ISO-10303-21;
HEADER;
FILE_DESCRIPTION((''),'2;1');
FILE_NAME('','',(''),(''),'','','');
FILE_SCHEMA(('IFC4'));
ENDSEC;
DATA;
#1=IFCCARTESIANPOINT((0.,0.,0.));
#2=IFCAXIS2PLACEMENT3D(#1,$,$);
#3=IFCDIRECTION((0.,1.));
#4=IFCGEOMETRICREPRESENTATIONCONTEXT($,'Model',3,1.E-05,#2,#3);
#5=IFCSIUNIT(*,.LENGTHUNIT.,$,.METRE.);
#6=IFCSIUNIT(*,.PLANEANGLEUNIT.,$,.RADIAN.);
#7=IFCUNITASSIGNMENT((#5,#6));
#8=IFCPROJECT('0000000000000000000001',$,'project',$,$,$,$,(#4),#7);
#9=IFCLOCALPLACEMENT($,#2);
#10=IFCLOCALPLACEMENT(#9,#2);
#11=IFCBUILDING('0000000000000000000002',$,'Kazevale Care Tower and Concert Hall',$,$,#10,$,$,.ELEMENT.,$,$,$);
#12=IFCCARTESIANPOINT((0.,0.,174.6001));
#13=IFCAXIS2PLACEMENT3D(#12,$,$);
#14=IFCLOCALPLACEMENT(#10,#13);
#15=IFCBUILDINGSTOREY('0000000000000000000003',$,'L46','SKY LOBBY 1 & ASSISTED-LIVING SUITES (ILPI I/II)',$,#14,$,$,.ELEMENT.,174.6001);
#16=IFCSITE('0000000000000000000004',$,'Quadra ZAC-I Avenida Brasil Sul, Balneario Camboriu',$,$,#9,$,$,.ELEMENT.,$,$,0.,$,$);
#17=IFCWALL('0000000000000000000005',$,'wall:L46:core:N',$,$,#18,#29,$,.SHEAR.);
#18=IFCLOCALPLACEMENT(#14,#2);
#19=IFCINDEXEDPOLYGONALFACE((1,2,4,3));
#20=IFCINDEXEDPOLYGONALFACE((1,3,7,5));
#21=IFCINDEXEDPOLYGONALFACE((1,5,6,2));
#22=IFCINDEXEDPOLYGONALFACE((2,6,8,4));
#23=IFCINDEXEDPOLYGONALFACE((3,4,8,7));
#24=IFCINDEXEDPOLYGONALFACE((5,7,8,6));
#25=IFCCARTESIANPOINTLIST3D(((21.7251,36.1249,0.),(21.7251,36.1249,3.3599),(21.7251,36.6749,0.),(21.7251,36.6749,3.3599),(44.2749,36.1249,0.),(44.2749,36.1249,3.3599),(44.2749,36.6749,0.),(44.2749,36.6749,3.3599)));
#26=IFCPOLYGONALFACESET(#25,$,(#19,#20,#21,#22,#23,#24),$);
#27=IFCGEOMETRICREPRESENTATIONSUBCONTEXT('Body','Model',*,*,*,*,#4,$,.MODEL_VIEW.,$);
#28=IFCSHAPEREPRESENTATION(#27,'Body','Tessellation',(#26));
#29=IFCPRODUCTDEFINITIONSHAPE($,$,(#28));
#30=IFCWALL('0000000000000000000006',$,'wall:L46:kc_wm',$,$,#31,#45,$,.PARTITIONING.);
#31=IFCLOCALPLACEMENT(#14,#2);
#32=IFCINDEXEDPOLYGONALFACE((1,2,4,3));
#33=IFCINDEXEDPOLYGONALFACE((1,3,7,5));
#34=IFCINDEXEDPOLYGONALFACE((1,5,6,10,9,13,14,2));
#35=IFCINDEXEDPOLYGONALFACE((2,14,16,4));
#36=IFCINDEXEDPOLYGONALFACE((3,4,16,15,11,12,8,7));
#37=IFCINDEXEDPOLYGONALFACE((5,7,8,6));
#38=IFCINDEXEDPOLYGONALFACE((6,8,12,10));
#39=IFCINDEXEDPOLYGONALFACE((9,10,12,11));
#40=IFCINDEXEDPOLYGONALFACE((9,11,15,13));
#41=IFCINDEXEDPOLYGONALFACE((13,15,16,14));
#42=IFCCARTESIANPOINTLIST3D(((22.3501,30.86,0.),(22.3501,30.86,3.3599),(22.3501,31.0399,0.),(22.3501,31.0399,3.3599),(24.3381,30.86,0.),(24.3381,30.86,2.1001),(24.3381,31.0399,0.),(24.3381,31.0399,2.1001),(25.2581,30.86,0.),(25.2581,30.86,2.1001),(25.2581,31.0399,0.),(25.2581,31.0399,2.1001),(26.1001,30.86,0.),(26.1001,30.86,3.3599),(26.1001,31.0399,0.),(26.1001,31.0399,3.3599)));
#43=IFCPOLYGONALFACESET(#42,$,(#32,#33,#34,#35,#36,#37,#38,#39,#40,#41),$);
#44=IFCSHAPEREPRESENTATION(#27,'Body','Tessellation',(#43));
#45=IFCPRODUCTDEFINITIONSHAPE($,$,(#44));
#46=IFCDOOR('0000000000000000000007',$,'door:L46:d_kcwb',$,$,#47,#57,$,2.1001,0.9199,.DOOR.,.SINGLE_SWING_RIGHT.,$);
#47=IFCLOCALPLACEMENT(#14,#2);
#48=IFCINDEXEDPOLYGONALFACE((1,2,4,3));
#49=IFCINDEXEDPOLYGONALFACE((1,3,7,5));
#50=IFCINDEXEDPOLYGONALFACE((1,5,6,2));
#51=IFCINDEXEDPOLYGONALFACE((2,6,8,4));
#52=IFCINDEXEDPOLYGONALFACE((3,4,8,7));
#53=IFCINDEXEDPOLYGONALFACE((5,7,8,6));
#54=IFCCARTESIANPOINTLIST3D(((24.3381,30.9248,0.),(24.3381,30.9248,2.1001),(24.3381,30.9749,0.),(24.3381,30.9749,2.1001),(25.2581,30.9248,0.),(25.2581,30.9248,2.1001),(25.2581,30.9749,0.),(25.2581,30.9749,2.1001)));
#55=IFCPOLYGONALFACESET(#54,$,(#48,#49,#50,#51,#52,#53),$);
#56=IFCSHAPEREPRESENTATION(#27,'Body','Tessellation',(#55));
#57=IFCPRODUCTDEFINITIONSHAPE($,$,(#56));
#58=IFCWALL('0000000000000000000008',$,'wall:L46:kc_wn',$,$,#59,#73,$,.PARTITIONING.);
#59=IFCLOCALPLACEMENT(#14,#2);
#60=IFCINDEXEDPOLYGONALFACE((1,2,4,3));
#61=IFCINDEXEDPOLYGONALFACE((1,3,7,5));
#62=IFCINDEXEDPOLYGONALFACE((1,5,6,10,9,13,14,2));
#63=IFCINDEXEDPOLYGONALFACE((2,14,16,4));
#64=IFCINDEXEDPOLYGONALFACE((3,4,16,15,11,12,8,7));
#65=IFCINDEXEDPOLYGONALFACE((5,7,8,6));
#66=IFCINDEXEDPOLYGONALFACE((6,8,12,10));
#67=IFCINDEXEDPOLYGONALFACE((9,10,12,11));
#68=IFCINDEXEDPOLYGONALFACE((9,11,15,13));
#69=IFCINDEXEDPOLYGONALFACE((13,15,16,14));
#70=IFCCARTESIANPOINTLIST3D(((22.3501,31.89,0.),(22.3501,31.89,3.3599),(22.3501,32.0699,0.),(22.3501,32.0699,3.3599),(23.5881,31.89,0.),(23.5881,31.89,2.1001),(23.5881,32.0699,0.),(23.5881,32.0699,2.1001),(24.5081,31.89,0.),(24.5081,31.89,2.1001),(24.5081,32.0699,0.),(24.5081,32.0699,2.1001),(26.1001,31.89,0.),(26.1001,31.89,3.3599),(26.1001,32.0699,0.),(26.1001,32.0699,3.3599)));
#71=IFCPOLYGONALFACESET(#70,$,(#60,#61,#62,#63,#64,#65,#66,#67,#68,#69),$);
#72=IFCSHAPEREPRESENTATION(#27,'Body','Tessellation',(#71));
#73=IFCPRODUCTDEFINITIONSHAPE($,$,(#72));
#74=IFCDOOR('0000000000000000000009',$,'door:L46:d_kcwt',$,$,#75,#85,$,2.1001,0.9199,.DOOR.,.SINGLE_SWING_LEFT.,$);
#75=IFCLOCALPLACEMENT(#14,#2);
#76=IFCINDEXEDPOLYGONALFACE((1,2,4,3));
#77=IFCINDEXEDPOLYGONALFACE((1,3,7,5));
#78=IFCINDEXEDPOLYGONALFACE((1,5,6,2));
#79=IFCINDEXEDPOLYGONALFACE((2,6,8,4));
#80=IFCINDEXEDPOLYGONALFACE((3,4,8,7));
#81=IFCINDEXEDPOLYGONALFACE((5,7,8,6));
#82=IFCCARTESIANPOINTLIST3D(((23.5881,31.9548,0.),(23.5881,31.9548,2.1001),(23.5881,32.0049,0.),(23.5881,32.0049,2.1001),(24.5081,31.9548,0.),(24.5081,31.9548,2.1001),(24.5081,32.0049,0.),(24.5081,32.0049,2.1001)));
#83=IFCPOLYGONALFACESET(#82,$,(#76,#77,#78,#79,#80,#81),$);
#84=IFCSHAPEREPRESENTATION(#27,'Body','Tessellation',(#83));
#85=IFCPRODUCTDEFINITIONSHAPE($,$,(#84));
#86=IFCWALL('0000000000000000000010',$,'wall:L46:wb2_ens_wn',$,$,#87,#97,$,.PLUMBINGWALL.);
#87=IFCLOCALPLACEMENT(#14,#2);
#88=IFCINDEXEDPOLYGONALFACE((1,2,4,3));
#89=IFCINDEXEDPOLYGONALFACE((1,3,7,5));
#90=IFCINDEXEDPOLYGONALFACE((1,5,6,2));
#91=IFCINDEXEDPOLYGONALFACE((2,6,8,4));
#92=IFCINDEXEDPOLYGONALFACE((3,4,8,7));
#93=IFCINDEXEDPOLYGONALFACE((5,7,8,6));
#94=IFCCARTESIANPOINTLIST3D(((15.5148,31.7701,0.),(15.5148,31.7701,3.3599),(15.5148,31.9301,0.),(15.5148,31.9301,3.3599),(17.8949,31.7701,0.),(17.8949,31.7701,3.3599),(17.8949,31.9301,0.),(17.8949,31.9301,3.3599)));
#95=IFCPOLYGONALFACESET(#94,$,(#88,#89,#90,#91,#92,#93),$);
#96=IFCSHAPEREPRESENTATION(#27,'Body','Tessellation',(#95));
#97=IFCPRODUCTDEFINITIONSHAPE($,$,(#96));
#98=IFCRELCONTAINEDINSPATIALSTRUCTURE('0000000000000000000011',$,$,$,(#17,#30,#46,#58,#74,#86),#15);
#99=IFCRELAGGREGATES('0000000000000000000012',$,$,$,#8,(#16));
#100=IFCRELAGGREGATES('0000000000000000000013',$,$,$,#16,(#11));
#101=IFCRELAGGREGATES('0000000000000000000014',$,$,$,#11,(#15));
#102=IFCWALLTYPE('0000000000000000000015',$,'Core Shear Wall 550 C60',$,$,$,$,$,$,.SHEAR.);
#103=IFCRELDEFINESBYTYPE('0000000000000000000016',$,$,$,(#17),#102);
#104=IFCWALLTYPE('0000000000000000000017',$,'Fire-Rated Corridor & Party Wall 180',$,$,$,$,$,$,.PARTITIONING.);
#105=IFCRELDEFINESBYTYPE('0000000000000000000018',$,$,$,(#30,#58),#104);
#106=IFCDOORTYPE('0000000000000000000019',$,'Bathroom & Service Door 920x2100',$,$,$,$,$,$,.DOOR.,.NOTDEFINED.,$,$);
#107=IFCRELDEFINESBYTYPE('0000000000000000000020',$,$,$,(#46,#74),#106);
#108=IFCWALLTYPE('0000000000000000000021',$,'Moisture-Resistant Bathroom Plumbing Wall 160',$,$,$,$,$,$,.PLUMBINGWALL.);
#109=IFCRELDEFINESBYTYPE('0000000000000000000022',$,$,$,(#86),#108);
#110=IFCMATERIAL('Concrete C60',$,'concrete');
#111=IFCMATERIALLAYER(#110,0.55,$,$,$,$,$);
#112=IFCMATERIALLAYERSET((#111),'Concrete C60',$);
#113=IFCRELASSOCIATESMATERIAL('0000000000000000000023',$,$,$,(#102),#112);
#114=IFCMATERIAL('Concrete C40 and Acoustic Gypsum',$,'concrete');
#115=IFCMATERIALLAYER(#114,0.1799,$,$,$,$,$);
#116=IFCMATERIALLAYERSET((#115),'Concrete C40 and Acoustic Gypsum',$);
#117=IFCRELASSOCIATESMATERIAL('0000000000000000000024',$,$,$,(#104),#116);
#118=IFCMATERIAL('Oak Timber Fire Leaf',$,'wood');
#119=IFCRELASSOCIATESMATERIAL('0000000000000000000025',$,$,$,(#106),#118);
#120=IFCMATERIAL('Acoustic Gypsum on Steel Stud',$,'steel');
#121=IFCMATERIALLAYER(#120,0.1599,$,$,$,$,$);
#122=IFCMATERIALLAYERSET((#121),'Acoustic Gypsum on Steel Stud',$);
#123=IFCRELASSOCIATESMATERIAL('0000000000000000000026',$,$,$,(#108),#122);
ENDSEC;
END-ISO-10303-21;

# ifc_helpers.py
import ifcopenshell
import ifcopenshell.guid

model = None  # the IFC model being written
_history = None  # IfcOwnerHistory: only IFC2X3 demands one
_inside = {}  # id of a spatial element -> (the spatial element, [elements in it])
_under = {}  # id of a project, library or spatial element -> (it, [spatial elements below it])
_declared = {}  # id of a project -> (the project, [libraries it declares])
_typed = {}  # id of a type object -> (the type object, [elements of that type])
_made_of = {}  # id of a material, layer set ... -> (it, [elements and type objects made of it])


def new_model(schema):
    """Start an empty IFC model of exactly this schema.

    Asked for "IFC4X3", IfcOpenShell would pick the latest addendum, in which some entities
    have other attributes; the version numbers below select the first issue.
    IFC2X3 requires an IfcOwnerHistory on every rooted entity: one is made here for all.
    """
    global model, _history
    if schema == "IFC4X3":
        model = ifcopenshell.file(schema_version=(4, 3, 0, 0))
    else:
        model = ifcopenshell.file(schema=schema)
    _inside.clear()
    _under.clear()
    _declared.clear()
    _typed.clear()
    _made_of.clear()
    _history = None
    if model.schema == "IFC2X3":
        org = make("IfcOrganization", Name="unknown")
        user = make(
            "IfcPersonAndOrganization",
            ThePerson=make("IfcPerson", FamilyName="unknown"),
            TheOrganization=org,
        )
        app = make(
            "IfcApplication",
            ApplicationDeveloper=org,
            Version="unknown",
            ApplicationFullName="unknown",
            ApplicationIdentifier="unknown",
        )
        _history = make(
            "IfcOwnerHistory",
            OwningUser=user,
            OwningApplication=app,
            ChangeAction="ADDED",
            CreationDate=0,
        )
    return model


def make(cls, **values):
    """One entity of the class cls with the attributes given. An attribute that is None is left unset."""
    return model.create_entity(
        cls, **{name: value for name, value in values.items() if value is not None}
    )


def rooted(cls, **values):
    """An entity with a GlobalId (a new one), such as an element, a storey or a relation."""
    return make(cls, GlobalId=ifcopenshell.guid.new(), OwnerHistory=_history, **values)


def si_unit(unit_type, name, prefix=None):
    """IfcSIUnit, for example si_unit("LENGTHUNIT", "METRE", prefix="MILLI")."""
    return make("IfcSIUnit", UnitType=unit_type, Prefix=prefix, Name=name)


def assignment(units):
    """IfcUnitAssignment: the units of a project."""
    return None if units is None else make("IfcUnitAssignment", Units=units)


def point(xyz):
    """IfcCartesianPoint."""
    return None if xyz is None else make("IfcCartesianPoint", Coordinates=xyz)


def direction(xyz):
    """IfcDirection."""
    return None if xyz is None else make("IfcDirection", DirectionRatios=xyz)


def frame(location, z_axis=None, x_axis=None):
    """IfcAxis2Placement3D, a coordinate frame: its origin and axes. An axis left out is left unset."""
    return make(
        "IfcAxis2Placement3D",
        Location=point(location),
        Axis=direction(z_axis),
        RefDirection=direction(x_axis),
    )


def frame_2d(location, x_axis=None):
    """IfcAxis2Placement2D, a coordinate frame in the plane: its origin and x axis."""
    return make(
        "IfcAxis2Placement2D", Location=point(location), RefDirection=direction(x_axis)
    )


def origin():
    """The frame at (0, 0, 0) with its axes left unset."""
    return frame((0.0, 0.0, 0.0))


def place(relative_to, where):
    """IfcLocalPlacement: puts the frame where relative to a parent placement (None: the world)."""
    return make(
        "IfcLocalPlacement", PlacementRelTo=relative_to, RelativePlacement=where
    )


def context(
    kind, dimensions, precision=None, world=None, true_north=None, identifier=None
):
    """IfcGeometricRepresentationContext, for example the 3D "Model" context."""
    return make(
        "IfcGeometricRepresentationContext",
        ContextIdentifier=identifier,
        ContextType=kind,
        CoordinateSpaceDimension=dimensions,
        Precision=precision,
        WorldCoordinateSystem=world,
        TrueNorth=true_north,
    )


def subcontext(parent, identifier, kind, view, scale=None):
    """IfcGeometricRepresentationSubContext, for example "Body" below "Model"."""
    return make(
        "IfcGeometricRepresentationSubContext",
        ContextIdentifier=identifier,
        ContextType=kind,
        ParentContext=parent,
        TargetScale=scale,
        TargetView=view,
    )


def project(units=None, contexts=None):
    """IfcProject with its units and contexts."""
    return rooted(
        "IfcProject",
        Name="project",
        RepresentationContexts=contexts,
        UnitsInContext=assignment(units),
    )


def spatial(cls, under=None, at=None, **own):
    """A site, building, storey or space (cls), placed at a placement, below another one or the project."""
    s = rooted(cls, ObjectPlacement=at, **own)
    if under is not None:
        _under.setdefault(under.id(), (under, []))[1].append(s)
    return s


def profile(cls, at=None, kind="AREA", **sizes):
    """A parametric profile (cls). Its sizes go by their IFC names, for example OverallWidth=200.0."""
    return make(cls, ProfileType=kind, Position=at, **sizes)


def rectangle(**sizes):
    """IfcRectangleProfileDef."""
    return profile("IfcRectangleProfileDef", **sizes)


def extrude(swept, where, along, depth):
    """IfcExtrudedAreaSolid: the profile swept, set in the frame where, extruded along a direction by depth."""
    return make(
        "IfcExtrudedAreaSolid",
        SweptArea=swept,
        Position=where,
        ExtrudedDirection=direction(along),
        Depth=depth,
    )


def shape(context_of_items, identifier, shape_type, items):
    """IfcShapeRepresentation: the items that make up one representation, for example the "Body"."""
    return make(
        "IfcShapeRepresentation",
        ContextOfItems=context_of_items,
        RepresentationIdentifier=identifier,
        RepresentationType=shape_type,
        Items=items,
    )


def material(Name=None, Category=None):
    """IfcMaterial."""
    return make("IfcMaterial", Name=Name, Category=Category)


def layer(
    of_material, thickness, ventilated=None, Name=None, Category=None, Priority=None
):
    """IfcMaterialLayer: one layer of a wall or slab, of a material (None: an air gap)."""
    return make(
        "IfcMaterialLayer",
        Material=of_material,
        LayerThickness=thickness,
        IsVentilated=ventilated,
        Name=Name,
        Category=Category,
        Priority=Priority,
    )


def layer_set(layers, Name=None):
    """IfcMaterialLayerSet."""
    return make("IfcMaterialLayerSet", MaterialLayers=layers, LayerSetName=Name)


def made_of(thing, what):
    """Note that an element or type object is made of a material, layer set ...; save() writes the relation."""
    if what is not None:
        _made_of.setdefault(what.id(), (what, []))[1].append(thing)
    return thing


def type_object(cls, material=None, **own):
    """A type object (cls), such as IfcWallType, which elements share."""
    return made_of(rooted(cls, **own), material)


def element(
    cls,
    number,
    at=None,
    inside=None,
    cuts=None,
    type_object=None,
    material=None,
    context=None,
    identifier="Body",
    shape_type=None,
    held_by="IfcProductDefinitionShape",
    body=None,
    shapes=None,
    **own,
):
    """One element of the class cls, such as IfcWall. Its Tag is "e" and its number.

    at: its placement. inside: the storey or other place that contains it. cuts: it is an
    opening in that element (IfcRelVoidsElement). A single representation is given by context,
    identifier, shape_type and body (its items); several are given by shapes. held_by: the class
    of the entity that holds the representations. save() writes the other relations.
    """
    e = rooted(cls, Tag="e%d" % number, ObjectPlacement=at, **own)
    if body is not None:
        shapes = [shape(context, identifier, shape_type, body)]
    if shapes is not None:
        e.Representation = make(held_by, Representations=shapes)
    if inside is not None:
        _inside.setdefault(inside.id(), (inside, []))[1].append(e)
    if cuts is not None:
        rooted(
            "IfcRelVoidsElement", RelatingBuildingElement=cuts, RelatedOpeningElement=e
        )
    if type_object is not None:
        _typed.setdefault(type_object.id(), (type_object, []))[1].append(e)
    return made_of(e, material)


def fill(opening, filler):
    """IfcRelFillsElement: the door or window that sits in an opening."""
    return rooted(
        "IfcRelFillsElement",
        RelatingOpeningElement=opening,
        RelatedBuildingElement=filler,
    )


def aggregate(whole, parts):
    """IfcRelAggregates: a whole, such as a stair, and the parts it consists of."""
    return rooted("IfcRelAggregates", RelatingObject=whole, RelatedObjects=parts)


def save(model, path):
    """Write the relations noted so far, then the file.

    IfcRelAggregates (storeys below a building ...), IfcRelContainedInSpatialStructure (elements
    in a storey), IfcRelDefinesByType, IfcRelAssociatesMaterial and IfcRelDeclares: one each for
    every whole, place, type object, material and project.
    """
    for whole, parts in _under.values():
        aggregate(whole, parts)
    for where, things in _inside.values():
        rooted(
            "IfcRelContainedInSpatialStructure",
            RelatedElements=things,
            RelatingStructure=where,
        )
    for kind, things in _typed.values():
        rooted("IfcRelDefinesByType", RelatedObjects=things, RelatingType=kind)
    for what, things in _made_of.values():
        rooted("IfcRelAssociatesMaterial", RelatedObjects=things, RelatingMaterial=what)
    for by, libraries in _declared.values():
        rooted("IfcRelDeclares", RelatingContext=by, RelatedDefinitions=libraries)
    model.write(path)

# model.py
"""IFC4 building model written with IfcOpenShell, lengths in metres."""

from ifc_helpers import new_model, si_unit, direction, frame, frame_2d, origin, place, context, subcontext, project, spatial, rectangle, extrude, material, layer, layer_set, type_object, element, fill, save


model = new_model("IFC4")

# Units and contexts
model_context = context("Model", 3, precision=1e-05, world=origin(), true_north=direction((0.0, 1.0)))
body_context = subcontext(model_context, "Body", "Model", "MODEL_VIEW")
ifc_project = project(units=[si_unit("LENGTHUNIT", "METRE"), si_unit("PLANEANGLEUNIT", "RADIAN")], contexts=[model_context])

# Site, building, storey
site_placement = place(None, origin())
site = spatial("IfcSite", under=ifc_project, at=site_placement, Name="Quadra ZAC-I Avenida Brasil Sul, Balneario Camboriu", CompositionType="ELEMENT", RefElevation=0.0)
building_placement = place(site_placement, origin())
building = spatial("IfcBuilding", under=site, at=building_placement, Name="Kazevale Care Tower and Concert Hall", CompositionType="ELEMENT")
storey_placement = place(building_placement, frame((0.0, 0.0, 174.6001)))
storey = spatial("IfcBuildingStorey", under=building, at=storey_placement, Name="L46", Description="SKY LOBBY 1 & ASSISTED-LIVING SUITES (ILPI I/II)", CompositionType="ELEMENT", Elevation=174.6001)

# Shared definitions
ifc_material_1 = material(Name="Concrete C60", Category="concrete")

# Wall
ifc_layer_1 = layer(ifc_material_1, 0.55)
ifc_layer_set_1 = layer_set([ifc_layer_1], Name="Concrete C60")
wall_type_1 = type_object("IfcWallType", Name="Core Shear Wall 550 C60", PredefinedType="SHEAR", material=ifc_layer_set_1)
wall_1_placement = place(storey_placement, frame((21.7251, 36.3999, 0.0), z_axis=(0.0, 0.0, 1.0), x_axis=(1.0, 0.0, 0.0)))
element("IfcWall", 1, at=wall_1_placement, inside=storey, type_object=wall_type_1, Name="wall:L46:core:N", PredefinedType="SHEAR", context=body_context, shape_type="SweptSolid", body=[
    extrude(rectangle(XDim=22.5498, YDim=0.55, at=frame_2d((11.2749, 0.0))), origin(), (0.0, 0.0, 1.0), 3.3599),
])

# Walls, openings, doors
ifc_material_2 = material(Name="Concrete C40 and Acoustic Gypsum", Category="concrete")
ifc_layer_2 = layer(ifc_material_2, 0.1799)
ifc_layer_set_2 = layer_set([ifc_layer_2], Name="Concrete C40 and Acoustic Gypsum")
wall_type_2 = type_object("IfcWallType", Name="Fire-Rated Corridor & Party Wall 180", PredefinedType="PARTITIONING", material=ifc_layer_set_2)
wall_2_placement = place(storey_placement, frame((22.3501, 30.95, 0.0), z_axis=(0.0, 0.0, 1.0), x_axis=(1.0, 0.0, 0.0)))
wall_2 = element("IfcWall", 2, at=wall_2_placement, inside=storey, type_object=wall_type_2, Name="wall:L46:kc_wm", PredefinedType="PARTITIONING", context=body_context, shape_type="SweptSolid", body=[
    extrude(rectangle(XDim=3.75, YDim=0.1799, at=frame_2d((1.875, 0.0))), origin(), (0.0, 0.0, 1.0), 3.3599),
])
opening_1_placement = place(wall_2_placement, frame((1.988, 0.0, 0.0)))
opening_1 = element("IfcOpeningElement", 3, at=opening_1_placement, cuts=wall_2, PredefinedType="OPENING", context=body_context, shape_type="SweptSolid", body=[
    extrude(rectangle(XDim=0.9199, YDim=2.1001, at=frame_2d((0.46, 1.05))), frame((0.0, 0.0999, 0.0), z_axis=(0.0, -1.0, 0.0), x_axis=(1.0, 0.0, 0.0)), (0.0, 0.0, 1.0), 0.2),
])
ifc_material_3 = material(Name="Oak Timber Fire Leaf", Category="wood")
door_type = type_object("IfcDoorType", Name="Bathroom & Service Door 920x2100", OperationType="NOTDEFINED", PredefinedType="DOOR", material=ifc_material_3)
door_1_placement = place(opening_1_placement, origin())
door_1 = element("IfcDoor", 4, at=door_1_placement, inside=storey, type_object=door_type, Name="door:L46:d_kcwb", OperationType="SINGLE_SWING_RIGHT", OverallHeight=2.1001, OverallWidth=0.9199, PredefinedType="DOOR", context=body_context, shape_type="SweptSolid", body=[
    extrude(rectangle(XDim=0.9199, YDim=2.1001, at=frame_2d((0.46, 1.05))), frame((0.0, 0.0249, 0.0), z_axis=(0.0, -1.0, 0.0), x_axis=(1.0, 0.0, 0.0)), (0.0, 0.0, 1.0), 0.05),
])
fill(opening_1, door_1)
wall_3_placement = place(storey_placement, frame((22.3501, 31.98, 0.0), z_axis=(0.0, 0.0, 1.0), x_axis=(1.0, 0.0, 0.0)))
wall_3 = element("IfcWall", 5, at=wall_3_placement, inside=storey, type_object=wall_type_2, Name="wall:L46:kc_wn", PredefinedType="PARTITIONING", context=body_context, shape_type="SweptSolid", body=[
    extrude(rectangle(XDim=3.75, YDim=0.1799, at=frame_2d((1.875, 0.0))), origin(), (0.0, 0.0, 1.0), 3.3599),
])
opening_2_placement = place(wall_3_placement, frame((1.238, 0.0, 0.0)))
opening_2 = element("IfcOpeningElement", 6, at=opening_2_placement, cuts=wall_3, PredefinedType="OPENING", context=body_context, shape_type="SweptSolid", body=[
    extrude(rectangle(XDim=0.9199, YDim=2.1001, at=frame_2d((0.46, 1.05))), frame((0.0, 0.0999, 0.0), z_axis=(0.0, -1.0, 0.0), x_axis=(1.0, 0.0, 0.0)), (0.0, 0.0, 1.0), 0.2),
])
door_2_placement = place(opening_2_placement, origin())
door_2 = element("IfcDoor", 7, at=door_2_placement, inside=storey, type_object=door_type, Name="door:L46:d_kcwt", OperationType="SINGLE_SWING_LEFT", OverallHeight=2.1001, OverallWidth=0.9199, PredefinedType="DOOR", context=body_context, shape_type="SweptSolid", body=[
    extrude(rectangle(XDim=0.9199, YDim=2.1001, at=frame_2d((0.46, 1.05))), frame((0.0, 0.0249, 0.0), z_axis=(0.0, -1.0, 0.0), x_axis=(1.0, 0.0, 0.0)), (0.0, 0.0, 1.0), 0.05),
])
fill(opening_2, door_2)

# Wall
ifc_material_4 = material(Name="Acoustic Gypsum on Steel Stud", Category="steel")
ifc_layer_3 = layer(ifc_material_4, 0.1599)
ifc_layer_set_3 = layer_set([ifc_layer_3], Name="Acoustic Gypsum on Steel Stud")
wall_type_3 = type_object("IfcWallType", Name="Moisture-Resistant Bathroom Plumbing Wall 160", PredefinedType="PLUMBINGWALL", material=ifc_layer_set_3)
wall_4_placement = place(storey_placement, frame((15.5149, 31.8501, 0.0), z_axis=(0.0, 0.0, 1.0), x_axis=(1.0, 0.0, 0.0)))
element("IfcWall", 8, at=wall_4_placement, inside=storey, type_object=wall_type_3, Name="wall:L46:wb2_ens_wn", PredefinedType="PLUMBINGWALL", context=body_context, shape_type="SweptSolid", body=[
    extrude(rectangle(XDim=2.3801, YDim=0.1599, at=frame_2d((1.1899, 0.0))), origin(), (0.0, 0.0, 1.0), 3.3599),
])

save(model, "model.ifc")
